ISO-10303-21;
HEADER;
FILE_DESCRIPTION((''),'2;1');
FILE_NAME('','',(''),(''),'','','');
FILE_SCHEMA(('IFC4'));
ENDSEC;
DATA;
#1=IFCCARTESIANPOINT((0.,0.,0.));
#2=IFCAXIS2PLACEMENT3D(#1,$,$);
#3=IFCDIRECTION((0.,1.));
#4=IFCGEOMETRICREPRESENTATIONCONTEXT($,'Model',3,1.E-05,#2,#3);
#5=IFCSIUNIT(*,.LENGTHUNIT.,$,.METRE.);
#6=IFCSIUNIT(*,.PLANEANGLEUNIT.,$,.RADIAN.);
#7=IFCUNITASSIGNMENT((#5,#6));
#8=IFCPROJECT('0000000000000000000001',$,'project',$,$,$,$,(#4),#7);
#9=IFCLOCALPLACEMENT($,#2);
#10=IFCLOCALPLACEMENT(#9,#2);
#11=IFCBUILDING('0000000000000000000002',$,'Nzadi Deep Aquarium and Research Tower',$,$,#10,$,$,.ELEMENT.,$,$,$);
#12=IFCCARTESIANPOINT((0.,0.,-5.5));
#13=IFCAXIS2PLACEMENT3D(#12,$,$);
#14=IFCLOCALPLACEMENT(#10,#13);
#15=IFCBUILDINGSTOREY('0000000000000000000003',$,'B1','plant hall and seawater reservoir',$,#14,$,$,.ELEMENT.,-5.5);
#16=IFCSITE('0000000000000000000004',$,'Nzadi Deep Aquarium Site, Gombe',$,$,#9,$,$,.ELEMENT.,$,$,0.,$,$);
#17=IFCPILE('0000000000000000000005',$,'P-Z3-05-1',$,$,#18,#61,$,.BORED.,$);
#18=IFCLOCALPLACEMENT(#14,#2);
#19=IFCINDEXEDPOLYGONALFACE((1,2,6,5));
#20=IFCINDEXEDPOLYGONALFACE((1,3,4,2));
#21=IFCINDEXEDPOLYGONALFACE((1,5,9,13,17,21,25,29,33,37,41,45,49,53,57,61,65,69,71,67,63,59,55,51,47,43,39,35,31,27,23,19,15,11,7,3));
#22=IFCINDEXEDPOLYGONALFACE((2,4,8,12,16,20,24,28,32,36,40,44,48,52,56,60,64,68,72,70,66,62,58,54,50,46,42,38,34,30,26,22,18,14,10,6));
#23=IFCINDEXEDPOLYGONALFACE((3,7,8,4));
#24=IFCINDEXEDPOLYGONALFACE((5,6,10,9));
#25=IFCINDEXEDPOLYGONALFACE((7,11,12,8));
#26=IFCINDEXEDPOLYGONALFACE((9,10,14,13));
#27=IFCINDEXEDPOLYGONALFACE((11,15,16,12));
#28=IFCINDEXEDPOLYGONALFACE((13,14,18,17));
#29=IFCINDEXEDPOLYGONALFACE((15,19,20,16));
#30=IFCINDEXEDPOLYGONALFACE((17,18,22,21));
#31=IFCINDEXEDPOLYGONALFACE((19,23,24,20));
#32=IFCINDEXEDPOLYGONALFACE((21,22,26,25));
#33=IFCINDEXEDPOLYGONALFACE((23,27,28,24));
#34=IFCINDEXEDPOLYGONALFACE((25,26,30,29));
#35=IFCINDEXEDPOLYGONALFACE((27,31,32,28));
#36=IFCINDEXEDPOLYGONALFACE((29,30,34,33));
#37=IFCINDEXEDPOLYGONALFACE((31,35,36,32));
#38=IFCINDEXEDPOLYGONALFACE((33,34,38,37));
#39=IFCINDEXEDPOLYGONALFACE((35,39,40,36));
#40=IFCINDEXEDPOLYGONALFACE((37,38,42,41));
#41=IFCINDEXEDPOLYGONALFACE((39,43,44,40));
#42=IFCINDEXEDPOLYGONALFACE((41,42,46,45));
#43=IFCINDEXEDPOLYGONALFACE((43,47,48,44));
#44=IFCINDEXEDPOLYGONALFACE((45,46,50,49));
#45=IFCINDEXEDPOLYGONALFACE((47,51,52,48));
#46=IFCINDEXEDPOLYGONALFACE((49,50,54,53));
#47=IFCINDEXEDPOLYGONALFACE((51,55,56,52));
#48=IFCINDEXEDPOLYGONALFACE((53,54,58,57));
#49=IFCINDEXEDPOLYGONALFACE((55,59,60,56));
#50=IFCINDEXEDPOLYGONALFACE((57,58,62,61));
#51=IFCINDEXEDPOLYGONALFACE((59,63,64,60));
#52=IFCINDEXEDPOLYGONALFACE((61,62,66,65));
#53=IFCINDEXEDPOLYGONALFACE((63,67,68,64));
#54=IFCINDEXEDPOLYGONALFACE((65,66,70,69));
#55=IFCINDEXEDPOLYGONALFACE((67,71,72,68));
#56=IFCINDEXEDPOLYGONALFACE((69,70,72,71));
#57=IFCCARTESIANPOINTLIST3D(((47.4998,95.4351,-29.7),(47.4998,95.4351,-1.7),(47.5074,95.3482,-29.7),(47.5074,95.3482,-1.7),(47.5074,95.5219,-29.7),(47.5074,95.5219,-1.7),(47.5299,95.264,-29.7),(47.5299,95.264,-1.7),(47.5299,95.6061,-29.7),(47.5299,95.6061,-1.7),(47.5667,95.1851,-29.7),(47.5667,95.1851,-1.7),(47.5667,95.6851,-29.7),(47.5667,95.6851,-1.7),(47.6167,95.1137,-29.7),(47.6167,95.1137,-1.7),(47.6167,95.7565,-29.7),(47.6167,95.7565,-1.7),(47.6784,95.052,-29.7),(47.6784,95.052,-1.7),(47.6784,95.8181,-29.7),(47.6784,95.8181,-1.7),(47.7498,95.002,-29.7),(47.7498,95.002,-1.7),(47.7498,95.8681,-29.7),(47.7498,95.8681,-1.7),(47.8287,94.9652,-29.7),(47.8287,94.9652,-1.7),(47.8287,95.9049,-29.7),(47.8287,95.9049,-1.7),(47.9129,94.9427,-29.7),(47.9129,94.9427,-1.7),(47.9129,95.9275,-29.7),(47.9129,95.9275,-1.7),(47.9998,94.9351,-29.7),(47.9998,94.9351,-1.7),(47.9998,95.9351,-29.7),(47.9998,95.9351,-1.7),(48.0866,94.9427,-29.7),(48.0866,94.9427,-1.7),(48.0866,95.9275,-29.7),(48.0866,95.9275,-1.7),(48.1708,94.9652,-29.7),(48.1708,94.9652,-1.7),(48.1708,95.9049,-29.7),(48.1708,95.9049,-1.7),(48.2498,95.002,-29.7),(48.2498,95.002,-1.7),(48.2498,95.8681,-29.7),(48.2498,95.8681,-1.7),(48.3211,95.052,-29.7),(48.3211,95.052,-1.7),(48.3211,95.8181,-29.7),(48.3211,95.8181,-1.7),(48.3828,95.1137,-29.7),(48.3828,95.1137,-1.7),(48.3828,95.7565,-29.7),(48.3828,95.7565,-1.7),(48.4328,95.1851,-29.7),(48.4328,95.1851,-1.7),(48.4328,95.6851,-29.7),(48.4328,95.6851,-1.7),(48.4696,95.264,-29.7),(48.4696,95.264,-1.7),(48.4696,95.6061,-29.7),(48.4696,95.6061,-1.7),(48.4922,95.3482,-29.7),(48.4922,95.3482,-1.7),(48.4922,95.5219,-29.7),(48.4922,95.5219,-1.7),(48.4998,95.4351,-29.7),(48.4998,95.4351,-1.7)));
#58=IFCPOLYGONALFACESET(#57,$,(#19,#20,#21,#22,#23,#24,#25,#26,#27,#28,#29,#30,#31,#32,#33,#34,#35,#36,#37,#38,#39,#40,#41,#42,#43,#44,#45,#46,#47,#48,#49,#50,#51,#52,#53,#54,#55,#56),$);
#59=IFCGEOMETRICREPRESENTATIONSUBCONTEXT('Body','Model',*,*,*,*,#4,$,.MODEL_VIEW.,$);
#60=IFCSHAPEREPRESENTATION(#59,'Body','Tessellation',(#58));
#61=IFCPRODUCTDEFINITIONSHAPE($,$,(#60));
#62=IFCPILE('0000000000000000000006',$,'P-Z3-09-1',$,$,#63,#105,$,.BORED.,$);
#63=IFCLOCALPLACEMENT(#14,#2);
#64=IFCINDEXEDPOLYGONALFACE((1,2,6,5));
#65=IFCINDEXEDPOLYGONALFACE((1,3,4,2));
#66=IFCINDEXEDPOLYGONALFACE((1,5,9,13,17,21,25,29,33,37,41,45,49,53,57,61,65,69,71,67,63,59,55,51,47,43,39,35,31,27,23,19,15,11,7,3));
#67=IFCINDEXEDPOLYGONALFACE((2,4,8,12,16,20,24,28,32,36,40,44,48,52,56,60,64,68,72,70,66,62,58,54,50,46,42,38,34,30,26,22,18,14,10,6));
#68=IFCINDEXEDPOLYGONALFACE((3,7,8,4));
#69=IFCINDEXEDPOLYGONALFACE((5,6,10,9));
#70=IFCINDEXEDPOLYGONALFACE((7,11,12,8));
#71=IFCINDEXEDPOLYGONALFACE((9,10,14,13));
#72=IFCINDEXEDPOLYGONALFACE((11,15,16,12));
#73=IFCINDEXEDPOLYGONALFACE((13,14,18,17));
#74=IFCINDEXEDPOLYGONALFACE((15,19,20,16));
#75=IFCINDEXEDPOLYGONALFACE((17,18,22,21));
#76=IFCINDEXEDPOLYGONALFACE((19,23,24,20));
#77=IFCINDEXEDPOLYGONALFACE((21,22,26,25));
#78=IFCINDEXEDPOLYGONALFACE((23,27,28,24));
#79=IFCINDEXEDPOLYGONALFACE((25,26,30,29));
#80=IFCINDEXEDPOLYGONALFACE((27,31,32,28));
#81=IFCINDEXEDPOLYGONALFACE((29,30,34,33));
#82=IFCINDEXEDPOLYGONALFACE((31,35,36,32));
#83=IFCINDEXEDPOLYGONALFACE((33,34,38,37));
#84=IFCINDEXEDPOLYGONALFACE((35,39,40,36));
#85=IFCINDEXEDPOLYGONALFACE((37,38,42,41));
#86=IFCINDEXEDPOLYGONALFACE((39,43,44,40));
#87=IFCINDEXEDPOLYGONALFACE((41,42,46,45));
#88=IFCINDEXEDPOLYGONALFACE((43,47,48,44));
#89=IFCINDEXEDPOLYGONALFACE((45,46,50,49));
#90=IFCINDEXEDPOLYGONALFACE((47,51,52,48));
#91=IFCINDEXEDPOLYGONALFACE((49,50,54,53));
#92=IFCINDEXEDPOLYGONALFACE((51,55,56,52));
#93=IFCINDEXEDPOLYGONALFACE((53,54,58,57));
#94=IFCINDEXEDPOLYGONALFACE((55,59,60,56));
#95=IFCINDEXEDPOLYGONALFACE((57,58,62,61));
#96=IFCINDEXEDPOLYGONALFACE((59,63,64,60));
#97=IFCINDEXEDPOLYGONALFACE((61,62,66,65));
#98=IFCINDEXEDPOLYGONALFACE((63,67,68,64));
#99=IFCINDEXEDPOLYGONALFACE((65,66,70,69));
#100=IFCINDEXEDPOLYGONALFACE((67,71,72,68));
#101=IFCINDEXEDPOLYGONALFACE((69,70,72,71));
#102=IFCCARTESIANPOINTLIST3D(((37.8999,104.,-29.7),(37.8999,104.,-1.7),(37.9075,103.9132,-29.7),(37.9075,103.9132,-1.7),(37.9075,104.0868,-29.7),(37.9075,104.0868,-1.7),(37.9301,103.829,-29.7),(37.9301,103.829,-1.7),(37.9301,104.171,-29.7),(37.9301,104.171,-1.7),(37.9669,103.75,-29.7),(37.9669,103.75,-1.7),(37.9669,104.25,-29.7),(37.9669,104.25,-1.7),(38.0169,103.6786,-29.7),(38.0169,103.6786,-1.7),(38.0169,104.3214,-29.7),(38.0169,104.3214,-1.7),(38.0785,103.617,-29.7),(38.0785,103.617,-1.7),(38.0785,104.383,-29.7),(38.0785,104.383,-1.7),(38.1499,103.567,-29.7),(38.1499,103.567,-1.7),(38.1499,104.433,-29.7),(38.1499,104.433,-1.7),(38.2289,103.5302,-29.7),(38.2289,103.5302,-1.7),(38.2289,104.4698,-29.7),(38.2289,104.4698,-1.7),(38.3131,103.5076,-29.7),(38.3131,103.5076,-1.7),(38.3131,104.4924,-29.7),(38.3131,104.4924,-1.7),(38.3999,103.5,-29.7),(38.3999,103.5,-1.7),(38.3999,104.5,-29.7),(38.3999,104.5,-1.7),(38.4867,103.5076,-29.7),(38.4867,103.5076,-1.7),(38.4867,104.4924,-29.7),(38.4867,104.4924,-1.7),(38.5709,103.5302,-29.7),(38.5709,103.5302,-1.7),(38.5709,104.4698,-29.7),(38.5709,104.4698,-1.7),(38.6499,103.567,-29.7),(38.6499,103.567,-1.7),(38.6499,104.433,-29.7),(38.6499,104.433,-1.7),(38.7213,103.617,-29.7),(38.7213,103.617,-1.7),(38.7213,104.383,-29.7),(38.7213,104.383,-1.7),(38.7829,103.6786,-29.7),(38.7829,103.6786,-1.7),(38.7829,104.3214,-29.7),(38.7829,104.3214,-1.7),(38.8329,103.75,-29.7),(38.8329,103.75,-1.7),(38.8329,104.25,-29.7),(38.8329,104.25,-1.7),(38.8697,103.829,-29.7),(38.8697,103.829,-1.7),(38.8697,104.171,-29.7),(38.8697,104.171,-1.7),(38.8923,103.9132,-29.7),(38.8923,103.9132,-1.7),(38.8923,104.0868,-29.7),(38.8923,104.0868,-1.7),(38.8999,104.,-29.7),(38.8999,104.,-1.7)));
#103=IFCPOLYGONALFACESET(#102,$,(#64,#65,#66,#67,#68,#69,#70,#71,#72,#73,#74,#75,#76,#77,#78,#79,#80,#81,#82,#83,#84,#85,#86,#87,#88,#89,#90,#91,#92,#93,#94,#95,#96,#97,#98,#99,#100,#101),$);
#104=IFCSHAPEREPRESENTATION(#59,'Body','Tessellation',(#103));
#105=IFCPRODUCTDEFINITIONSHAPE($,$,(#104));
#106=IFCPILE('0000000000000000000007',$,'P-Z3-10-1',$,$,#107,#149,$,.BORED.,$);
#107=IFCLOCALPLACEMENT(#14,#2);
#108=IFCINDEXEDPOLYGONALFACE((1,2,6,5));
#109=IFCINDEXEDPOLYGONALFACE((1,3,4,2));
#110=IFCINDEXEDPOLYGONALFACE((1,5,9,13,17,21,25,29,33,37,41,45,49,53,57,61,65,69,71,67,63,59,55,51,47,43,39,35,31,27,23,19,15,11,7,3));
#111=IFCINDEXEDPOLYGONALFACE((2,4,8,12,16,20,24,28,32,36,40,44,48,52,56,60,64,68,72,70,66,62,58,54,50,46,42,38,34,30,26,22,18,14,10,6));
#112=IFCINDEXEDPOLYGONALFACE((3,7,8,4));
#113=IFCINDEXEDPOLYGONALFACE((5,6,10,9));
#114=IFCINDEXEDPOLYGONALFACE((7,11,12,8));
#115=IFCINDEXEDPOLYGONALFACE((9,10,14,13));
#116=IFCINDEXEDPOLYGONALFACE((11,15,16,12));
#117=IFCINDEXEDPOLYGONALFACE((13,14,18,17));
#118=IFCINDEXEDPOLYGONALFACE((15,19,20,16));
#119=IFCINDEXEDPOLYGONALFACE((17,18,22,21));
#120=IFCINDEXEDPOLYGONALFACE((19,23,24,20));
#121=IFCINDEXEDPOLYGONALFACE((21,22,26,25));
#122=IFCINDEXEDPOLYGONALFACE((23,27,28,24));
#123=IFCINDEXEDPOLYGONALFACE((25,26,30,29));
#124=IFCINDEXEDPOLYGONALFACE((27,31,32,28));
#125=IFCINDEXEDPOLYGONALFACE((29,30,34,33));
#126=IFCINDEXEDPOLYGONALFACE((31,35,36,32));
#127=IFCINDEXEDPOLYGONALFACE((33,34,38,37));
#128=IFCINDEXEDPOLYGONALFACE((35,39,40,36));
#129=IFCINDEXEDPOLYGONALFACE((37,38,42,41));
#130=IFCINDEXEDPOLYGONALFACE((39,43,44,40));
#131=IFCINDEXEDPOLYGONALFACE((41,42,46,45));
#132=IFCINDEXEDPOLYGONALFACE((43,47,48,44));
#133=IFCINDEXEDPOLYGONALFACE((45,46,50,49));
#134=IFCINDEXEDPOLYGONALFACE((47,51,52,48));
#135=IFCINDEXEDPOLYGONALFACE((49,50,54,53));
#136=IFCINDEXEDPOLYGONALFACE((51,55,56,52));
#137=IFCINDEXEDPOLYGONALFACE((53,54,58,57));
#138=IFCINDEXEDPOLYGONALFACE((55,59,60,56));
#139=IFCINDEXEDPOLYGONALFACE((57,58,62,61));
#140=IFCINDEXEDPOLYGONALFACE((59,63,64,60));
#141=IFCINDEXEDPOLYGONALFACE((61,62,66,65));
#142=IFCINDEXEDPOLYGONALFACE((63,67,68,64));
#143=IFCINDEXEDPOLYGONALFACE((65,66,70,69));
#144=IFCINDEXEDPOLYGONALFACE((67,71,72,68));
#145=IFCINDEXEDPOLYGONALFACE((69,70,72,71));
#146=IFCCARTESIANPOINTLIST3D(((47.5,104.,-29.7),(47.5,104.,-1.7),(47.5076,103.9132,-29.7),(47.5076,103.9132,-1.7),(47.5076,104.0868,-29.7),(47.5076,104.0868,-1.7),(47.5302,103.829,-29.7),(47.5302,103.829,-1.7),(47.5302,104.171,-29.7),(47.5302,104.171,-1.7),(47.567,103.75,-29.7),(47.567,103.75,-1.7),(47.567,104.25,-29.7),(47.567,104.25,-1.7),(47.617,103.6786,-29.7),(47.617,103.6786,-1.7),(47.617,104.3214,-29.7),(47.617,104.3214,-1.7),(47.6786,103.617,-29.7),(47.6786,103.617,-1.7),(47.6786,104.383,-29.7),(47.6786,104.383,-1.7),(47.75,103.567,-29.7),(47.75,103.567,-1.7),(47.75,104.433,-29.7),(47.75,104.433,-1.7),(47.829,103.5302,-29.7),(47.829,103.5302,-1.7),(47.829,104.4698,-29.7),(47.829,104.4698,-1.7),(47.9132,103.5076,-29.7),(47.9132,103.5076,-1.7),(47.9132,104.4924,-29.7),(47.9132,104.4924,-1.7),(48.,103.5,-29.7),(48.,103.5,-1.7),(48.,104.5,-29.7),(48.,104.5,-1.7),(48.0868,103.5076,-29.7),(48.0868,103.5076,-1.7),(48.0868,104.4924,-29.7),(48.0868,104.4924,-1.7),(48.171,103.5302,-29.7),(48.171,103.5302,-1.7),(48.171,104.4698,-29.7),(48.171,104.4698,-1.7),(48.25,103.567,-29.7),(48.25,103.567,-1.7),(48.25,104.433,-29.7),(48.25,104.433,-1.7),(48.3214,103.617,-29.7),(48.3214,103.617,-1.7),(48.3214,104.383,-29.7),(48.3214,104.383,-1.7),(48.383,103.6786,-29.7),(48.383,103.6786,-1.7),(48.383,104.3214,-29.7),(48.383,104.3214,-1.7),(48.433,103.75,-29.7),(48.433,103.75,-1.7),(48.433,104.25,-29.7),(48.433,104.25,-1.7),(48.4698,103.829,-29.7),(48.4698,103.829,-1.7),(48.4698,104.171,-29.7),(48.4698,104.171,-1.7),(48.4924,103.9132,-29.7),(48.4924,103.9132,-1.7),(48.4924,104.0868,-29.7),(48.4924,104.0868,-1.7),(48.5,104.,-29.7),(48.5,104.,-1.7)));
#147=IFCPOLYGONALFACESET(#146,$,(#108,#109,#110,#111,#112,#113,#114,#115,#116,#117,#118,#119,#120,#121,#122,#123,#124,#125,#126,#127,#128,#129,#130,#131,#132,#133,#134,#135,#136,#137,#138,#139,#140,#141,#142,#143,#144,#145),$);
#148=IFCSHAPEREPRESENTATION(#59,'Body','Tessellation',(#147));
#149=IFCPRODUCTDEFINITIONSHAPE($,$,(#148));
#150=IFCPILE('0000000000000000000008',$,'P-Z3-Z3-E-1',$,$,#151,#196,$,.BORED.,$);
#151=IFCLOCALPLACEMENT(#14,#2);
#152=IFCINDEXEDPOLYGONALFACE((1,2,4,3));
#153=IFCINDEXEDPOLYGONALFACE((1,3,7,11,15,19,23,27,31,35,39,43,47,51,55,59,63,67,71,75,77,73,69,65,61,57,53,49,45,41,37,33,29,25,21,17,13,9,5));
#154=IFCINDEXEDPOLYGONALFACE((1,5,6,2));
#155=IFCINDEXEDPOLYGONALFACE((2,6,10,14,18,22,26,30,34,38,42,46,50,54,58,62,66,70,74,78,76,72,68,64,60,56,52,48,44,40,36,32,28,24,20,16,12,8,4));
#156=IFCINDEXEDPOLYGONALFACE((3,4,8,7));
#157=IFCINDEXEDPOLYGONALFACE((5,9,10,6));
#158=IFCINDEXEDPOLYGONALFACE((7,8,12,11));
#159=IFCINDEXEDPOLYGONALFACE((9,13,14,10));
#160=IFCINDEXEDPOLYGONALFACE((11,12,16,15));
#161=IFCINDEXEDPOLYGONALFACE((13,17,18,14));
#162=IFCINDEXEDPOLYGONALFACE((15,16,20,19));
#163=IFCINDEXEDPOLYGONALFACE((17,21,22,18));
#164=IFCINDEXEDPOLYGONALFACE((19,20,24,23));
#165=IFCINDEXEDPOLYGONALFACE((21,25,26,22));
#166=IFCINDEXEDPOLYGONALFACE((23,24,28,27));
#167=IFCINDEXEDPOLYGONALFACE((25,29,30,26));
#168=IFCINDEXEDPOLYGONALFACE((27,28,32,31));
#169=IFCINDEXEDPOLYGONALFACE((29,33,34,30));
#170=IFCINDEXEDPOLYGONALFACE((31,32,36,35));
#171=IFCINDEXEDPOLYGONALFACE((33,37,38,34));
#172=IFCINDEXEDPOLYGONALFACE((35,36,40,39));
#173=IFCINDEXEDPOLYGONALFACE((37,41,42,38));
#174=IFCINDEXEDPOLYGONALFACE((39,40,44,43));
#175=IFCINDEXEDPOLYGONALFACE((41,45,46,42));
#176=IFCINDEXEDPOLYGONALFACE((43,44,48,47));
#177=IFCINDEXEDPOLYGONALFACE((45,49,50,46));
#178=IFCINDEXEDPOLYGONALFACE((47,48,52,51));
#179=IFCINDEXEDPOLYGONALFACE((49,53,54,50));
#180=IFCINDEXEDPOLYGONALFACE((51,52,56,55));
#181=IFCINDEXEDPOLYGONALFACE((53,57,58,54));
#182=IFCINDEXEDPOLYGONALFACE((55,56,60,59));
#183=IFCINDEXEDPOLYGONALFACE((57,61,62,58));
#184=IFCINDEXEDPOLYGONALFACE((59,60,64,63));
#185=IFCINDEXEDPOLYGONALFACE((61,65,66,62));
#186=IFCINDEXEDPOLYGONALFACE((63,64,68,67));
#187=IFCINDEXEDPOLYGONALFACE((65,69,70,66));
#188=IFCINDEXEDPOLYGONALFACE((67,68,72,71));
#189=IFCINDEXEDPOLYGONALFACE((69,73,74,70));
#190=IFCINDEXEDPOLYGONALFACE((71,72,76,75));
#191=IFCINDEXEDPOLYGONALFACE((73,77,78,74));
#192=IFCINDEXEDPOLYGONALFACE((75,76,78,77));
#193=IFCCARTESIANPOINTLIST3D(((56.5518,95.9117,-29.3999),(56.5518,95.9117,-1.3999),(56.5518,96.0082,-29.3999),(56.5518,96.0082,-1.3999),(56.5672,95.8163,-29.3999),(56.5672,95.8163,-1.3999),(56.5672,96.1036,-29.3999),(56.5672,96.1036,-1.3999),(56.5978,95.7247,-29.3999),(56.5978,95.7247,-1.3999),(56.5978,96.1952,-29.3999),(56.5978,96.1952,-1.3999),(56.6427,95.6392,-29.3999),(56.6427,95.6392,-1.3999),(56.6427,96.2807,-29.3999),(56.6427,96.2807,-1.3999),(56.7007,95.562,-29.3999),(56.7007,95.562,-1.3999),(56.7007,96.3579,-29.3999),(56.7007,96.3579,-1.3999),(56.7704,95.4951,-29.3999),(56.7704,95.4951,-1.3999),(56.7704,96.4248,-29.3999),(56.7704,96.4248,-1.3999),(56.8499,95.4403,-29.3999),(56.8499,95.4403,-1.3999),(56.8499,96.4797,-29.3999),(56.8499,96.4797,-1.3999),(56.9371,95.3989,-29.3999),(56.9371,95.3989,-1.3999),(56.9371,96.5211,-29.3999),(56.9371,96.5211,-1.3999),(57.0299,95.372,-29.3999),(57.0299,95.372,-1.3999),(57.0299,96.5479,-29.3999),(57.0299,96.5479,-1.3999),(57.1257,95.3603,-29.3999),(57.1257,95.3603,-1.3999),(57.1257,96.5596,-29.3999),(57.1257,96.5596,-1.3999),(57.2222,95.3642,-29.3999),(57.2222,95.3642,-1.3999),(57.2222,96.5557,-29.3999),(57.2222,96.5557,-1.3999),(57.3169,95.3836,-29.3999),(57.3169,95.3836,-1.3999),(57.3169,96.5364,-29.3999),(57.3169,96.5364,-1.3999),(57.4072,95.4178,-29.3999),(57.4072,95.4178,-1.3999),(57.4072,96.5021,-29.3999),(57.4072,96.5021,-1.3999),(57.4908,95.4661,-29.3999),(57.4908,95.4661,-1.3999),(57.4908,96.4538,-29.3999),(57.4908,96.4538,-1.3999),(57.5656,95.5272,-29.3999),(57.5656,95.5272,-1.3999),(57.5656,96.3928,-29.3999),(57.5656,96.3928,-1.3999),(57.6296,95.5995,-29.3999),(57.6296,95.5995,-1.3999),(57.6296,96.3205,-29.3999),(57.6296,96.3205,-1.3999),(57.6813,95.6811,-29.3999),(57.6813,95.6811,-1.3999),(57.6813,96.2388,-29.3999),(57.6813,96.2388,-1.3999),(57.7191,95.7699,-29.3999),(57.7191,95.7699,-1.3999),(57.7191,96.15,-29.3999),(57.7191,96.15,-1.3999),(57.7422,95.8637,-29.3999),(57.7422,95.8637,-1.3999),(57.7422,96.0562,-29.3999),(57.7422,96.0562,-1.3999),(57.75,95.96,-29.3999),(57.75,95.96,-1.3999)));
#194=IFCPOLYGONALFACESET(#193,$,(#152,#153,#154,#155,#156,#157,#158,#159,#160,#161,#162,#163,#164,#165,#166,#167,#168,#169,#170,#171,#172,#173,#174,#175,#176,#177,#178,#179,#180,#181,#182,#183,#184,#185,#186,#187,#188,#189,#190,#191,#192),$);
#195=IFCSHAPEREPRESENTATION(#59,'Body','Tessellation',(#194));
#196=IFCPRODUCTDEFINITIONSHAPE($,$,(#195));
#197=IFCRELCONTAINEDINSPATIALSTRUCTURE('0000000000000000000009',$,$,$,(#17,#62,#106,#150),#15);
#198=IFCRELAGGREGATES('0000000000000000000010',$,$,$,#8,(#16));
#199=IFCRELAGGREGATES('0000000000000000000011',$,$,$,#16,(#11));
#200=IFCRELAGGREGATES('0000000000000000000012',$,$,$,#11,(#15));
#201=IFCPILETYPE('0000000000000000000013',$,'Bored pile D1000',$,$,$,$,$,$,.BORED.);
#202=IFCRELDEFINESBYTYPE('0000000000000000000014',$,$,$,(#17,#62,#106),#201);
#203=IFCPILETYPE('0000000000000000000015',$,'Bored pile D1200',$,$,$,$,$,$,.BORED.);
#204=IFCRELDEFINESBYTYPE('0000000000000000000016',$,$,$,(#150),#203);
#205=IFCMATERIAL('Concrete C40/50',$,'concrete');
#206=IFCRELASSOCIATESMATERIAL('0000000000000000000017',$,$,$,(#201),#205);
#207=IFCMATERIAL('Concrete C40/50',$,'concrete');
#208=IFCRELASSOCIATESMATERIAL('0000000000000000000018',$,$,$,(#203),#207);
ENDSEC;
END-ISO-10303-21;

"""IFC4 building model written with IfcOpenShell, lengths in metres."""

from ifc_helpers import new_model, si_unit, direction, frame, origin, origin_2d, place, context, subcontext, project, spatial, circle, extrude, material, material_profile, profile_set, type_object, element, save


model = new_model("IFC4")

# Units and contexts
model_context = context("Model", 3, precision=1e-05, world=origin(), true_north=direction((0.0, 1.0)))
body_context = subcontext(model_context, "Body", "Model", "MODEL_VIEW")
ifc_project = project(units=[si_unit("LENGTHUNIT", "METRE"), si_unit("PLANEANGLEUNIT", "RADIAN")], contexts=[model_context])

# Site, building, storey
site_placement = place(None, origin())
site = spatial("IfcSite", under=ifc_project, at=site_placement, Name="Nzadi Deep Aquarium Site, Gombe", CompositionType="ELEMENT", RefElevation=0.0)
building_placement = place(site_placement, origin())
building = spatial("IfcBuilding", under=site, at=building_placement, Name="Nzadi Deep Aquarium and Research Tower", CompositionType="ELEMENT")
storey_placement = place(building_placement, frame((0.0, 0.0, -5.5)))
storey = spatial("IfcBuildingStorey", under=building, at=storey_placement, Name="B1", Description="plant hall and seawater reservoir", CompositionType="ELEMENT", Elevation=-5.5)

# Piles
ifc_material_1 = material(Name="Concrete C40/50", Category="concrete")
ifc_material_profile_1 = material_profile(ifc_material_1, circle(Radius=0.5, at=origin_2d()))
ifc_profile_set_1 = profile_set([ifc_material_profile_1], Name="Concrete C40/50")
pile_type_1 = type_object("IfcPileType", Name="Bored pile D1000", PredefinedType="BORED", material=ifc_profile_set_1)
for number, where, z_axis, x_axis, name in (
    (1, (47.9998, 95.4351, -1.7), (0.0, 0.0, -1.0), (1.0, 0.0, 0.0), "P-Z3-05-1"),
    (2, (38.3999, 104.0, -1.7), (0.0, 0.0, -1.0), (1.0, 0.0, 0.0), "P-Z3-09-1"),
    (3, (48.0, 104.0, -1.7), (0.0, 0.0, -1.0), (1.0, 0.0, 0.0), "P-Z3-10-1"),
):
    element("IfcPile", number, at=place(storey_placement, frame(where, z_axis=z_axis, x_axis=x_axis)), inside=storey, type_object=pile_type_1, Name=name, PredefinedType="BORED", context=body_context, shape_type="SweptSolid", body=[
        extrude(circle(Radius=0.5, at=origin_2d()), origin(), (0.0, 0.0, 1.0), 28.0),
    ])
ifc_material_2 = material(Name="Concrete C40/50", Category="concrete")
ifc_material_profile_2 = material_profile(ifc_material_2, circle(Radius=0.6001, at=origin_2d()))
ifc_profile_set_2 = profile_set([ifc_material_profile_2], Name="Concrete C40/50")
pile_type_2 = type_object("IfcPileType", Name="Bored pile D1200", PredefinedType="BORED", material=ifc_profile_set_2)
for number, where, z_axis, x_axis, name in (
    (4, (57.1499, 95.96, -1.3999), (0.0, 0.0, -1.0), (1.0, 0.0, 0.0), "P-Z3-Z3-E-1"),
):
    element("IfcPile", number, at=place(storey_placement, frame(where, z_axis=z_axis, x_axis=x_axis)), inside=storey, type_object=pile_type_2, Name=name, PredefinedType="BORED", context=body_context, shape_type="SweptSolid", body=[
        extrude(circle(Radius=0.6001, at=origin_2d()), origin(), (0.0, 0.0, 1.0), 28.0),
    ])

save(model, "model.ifc")
